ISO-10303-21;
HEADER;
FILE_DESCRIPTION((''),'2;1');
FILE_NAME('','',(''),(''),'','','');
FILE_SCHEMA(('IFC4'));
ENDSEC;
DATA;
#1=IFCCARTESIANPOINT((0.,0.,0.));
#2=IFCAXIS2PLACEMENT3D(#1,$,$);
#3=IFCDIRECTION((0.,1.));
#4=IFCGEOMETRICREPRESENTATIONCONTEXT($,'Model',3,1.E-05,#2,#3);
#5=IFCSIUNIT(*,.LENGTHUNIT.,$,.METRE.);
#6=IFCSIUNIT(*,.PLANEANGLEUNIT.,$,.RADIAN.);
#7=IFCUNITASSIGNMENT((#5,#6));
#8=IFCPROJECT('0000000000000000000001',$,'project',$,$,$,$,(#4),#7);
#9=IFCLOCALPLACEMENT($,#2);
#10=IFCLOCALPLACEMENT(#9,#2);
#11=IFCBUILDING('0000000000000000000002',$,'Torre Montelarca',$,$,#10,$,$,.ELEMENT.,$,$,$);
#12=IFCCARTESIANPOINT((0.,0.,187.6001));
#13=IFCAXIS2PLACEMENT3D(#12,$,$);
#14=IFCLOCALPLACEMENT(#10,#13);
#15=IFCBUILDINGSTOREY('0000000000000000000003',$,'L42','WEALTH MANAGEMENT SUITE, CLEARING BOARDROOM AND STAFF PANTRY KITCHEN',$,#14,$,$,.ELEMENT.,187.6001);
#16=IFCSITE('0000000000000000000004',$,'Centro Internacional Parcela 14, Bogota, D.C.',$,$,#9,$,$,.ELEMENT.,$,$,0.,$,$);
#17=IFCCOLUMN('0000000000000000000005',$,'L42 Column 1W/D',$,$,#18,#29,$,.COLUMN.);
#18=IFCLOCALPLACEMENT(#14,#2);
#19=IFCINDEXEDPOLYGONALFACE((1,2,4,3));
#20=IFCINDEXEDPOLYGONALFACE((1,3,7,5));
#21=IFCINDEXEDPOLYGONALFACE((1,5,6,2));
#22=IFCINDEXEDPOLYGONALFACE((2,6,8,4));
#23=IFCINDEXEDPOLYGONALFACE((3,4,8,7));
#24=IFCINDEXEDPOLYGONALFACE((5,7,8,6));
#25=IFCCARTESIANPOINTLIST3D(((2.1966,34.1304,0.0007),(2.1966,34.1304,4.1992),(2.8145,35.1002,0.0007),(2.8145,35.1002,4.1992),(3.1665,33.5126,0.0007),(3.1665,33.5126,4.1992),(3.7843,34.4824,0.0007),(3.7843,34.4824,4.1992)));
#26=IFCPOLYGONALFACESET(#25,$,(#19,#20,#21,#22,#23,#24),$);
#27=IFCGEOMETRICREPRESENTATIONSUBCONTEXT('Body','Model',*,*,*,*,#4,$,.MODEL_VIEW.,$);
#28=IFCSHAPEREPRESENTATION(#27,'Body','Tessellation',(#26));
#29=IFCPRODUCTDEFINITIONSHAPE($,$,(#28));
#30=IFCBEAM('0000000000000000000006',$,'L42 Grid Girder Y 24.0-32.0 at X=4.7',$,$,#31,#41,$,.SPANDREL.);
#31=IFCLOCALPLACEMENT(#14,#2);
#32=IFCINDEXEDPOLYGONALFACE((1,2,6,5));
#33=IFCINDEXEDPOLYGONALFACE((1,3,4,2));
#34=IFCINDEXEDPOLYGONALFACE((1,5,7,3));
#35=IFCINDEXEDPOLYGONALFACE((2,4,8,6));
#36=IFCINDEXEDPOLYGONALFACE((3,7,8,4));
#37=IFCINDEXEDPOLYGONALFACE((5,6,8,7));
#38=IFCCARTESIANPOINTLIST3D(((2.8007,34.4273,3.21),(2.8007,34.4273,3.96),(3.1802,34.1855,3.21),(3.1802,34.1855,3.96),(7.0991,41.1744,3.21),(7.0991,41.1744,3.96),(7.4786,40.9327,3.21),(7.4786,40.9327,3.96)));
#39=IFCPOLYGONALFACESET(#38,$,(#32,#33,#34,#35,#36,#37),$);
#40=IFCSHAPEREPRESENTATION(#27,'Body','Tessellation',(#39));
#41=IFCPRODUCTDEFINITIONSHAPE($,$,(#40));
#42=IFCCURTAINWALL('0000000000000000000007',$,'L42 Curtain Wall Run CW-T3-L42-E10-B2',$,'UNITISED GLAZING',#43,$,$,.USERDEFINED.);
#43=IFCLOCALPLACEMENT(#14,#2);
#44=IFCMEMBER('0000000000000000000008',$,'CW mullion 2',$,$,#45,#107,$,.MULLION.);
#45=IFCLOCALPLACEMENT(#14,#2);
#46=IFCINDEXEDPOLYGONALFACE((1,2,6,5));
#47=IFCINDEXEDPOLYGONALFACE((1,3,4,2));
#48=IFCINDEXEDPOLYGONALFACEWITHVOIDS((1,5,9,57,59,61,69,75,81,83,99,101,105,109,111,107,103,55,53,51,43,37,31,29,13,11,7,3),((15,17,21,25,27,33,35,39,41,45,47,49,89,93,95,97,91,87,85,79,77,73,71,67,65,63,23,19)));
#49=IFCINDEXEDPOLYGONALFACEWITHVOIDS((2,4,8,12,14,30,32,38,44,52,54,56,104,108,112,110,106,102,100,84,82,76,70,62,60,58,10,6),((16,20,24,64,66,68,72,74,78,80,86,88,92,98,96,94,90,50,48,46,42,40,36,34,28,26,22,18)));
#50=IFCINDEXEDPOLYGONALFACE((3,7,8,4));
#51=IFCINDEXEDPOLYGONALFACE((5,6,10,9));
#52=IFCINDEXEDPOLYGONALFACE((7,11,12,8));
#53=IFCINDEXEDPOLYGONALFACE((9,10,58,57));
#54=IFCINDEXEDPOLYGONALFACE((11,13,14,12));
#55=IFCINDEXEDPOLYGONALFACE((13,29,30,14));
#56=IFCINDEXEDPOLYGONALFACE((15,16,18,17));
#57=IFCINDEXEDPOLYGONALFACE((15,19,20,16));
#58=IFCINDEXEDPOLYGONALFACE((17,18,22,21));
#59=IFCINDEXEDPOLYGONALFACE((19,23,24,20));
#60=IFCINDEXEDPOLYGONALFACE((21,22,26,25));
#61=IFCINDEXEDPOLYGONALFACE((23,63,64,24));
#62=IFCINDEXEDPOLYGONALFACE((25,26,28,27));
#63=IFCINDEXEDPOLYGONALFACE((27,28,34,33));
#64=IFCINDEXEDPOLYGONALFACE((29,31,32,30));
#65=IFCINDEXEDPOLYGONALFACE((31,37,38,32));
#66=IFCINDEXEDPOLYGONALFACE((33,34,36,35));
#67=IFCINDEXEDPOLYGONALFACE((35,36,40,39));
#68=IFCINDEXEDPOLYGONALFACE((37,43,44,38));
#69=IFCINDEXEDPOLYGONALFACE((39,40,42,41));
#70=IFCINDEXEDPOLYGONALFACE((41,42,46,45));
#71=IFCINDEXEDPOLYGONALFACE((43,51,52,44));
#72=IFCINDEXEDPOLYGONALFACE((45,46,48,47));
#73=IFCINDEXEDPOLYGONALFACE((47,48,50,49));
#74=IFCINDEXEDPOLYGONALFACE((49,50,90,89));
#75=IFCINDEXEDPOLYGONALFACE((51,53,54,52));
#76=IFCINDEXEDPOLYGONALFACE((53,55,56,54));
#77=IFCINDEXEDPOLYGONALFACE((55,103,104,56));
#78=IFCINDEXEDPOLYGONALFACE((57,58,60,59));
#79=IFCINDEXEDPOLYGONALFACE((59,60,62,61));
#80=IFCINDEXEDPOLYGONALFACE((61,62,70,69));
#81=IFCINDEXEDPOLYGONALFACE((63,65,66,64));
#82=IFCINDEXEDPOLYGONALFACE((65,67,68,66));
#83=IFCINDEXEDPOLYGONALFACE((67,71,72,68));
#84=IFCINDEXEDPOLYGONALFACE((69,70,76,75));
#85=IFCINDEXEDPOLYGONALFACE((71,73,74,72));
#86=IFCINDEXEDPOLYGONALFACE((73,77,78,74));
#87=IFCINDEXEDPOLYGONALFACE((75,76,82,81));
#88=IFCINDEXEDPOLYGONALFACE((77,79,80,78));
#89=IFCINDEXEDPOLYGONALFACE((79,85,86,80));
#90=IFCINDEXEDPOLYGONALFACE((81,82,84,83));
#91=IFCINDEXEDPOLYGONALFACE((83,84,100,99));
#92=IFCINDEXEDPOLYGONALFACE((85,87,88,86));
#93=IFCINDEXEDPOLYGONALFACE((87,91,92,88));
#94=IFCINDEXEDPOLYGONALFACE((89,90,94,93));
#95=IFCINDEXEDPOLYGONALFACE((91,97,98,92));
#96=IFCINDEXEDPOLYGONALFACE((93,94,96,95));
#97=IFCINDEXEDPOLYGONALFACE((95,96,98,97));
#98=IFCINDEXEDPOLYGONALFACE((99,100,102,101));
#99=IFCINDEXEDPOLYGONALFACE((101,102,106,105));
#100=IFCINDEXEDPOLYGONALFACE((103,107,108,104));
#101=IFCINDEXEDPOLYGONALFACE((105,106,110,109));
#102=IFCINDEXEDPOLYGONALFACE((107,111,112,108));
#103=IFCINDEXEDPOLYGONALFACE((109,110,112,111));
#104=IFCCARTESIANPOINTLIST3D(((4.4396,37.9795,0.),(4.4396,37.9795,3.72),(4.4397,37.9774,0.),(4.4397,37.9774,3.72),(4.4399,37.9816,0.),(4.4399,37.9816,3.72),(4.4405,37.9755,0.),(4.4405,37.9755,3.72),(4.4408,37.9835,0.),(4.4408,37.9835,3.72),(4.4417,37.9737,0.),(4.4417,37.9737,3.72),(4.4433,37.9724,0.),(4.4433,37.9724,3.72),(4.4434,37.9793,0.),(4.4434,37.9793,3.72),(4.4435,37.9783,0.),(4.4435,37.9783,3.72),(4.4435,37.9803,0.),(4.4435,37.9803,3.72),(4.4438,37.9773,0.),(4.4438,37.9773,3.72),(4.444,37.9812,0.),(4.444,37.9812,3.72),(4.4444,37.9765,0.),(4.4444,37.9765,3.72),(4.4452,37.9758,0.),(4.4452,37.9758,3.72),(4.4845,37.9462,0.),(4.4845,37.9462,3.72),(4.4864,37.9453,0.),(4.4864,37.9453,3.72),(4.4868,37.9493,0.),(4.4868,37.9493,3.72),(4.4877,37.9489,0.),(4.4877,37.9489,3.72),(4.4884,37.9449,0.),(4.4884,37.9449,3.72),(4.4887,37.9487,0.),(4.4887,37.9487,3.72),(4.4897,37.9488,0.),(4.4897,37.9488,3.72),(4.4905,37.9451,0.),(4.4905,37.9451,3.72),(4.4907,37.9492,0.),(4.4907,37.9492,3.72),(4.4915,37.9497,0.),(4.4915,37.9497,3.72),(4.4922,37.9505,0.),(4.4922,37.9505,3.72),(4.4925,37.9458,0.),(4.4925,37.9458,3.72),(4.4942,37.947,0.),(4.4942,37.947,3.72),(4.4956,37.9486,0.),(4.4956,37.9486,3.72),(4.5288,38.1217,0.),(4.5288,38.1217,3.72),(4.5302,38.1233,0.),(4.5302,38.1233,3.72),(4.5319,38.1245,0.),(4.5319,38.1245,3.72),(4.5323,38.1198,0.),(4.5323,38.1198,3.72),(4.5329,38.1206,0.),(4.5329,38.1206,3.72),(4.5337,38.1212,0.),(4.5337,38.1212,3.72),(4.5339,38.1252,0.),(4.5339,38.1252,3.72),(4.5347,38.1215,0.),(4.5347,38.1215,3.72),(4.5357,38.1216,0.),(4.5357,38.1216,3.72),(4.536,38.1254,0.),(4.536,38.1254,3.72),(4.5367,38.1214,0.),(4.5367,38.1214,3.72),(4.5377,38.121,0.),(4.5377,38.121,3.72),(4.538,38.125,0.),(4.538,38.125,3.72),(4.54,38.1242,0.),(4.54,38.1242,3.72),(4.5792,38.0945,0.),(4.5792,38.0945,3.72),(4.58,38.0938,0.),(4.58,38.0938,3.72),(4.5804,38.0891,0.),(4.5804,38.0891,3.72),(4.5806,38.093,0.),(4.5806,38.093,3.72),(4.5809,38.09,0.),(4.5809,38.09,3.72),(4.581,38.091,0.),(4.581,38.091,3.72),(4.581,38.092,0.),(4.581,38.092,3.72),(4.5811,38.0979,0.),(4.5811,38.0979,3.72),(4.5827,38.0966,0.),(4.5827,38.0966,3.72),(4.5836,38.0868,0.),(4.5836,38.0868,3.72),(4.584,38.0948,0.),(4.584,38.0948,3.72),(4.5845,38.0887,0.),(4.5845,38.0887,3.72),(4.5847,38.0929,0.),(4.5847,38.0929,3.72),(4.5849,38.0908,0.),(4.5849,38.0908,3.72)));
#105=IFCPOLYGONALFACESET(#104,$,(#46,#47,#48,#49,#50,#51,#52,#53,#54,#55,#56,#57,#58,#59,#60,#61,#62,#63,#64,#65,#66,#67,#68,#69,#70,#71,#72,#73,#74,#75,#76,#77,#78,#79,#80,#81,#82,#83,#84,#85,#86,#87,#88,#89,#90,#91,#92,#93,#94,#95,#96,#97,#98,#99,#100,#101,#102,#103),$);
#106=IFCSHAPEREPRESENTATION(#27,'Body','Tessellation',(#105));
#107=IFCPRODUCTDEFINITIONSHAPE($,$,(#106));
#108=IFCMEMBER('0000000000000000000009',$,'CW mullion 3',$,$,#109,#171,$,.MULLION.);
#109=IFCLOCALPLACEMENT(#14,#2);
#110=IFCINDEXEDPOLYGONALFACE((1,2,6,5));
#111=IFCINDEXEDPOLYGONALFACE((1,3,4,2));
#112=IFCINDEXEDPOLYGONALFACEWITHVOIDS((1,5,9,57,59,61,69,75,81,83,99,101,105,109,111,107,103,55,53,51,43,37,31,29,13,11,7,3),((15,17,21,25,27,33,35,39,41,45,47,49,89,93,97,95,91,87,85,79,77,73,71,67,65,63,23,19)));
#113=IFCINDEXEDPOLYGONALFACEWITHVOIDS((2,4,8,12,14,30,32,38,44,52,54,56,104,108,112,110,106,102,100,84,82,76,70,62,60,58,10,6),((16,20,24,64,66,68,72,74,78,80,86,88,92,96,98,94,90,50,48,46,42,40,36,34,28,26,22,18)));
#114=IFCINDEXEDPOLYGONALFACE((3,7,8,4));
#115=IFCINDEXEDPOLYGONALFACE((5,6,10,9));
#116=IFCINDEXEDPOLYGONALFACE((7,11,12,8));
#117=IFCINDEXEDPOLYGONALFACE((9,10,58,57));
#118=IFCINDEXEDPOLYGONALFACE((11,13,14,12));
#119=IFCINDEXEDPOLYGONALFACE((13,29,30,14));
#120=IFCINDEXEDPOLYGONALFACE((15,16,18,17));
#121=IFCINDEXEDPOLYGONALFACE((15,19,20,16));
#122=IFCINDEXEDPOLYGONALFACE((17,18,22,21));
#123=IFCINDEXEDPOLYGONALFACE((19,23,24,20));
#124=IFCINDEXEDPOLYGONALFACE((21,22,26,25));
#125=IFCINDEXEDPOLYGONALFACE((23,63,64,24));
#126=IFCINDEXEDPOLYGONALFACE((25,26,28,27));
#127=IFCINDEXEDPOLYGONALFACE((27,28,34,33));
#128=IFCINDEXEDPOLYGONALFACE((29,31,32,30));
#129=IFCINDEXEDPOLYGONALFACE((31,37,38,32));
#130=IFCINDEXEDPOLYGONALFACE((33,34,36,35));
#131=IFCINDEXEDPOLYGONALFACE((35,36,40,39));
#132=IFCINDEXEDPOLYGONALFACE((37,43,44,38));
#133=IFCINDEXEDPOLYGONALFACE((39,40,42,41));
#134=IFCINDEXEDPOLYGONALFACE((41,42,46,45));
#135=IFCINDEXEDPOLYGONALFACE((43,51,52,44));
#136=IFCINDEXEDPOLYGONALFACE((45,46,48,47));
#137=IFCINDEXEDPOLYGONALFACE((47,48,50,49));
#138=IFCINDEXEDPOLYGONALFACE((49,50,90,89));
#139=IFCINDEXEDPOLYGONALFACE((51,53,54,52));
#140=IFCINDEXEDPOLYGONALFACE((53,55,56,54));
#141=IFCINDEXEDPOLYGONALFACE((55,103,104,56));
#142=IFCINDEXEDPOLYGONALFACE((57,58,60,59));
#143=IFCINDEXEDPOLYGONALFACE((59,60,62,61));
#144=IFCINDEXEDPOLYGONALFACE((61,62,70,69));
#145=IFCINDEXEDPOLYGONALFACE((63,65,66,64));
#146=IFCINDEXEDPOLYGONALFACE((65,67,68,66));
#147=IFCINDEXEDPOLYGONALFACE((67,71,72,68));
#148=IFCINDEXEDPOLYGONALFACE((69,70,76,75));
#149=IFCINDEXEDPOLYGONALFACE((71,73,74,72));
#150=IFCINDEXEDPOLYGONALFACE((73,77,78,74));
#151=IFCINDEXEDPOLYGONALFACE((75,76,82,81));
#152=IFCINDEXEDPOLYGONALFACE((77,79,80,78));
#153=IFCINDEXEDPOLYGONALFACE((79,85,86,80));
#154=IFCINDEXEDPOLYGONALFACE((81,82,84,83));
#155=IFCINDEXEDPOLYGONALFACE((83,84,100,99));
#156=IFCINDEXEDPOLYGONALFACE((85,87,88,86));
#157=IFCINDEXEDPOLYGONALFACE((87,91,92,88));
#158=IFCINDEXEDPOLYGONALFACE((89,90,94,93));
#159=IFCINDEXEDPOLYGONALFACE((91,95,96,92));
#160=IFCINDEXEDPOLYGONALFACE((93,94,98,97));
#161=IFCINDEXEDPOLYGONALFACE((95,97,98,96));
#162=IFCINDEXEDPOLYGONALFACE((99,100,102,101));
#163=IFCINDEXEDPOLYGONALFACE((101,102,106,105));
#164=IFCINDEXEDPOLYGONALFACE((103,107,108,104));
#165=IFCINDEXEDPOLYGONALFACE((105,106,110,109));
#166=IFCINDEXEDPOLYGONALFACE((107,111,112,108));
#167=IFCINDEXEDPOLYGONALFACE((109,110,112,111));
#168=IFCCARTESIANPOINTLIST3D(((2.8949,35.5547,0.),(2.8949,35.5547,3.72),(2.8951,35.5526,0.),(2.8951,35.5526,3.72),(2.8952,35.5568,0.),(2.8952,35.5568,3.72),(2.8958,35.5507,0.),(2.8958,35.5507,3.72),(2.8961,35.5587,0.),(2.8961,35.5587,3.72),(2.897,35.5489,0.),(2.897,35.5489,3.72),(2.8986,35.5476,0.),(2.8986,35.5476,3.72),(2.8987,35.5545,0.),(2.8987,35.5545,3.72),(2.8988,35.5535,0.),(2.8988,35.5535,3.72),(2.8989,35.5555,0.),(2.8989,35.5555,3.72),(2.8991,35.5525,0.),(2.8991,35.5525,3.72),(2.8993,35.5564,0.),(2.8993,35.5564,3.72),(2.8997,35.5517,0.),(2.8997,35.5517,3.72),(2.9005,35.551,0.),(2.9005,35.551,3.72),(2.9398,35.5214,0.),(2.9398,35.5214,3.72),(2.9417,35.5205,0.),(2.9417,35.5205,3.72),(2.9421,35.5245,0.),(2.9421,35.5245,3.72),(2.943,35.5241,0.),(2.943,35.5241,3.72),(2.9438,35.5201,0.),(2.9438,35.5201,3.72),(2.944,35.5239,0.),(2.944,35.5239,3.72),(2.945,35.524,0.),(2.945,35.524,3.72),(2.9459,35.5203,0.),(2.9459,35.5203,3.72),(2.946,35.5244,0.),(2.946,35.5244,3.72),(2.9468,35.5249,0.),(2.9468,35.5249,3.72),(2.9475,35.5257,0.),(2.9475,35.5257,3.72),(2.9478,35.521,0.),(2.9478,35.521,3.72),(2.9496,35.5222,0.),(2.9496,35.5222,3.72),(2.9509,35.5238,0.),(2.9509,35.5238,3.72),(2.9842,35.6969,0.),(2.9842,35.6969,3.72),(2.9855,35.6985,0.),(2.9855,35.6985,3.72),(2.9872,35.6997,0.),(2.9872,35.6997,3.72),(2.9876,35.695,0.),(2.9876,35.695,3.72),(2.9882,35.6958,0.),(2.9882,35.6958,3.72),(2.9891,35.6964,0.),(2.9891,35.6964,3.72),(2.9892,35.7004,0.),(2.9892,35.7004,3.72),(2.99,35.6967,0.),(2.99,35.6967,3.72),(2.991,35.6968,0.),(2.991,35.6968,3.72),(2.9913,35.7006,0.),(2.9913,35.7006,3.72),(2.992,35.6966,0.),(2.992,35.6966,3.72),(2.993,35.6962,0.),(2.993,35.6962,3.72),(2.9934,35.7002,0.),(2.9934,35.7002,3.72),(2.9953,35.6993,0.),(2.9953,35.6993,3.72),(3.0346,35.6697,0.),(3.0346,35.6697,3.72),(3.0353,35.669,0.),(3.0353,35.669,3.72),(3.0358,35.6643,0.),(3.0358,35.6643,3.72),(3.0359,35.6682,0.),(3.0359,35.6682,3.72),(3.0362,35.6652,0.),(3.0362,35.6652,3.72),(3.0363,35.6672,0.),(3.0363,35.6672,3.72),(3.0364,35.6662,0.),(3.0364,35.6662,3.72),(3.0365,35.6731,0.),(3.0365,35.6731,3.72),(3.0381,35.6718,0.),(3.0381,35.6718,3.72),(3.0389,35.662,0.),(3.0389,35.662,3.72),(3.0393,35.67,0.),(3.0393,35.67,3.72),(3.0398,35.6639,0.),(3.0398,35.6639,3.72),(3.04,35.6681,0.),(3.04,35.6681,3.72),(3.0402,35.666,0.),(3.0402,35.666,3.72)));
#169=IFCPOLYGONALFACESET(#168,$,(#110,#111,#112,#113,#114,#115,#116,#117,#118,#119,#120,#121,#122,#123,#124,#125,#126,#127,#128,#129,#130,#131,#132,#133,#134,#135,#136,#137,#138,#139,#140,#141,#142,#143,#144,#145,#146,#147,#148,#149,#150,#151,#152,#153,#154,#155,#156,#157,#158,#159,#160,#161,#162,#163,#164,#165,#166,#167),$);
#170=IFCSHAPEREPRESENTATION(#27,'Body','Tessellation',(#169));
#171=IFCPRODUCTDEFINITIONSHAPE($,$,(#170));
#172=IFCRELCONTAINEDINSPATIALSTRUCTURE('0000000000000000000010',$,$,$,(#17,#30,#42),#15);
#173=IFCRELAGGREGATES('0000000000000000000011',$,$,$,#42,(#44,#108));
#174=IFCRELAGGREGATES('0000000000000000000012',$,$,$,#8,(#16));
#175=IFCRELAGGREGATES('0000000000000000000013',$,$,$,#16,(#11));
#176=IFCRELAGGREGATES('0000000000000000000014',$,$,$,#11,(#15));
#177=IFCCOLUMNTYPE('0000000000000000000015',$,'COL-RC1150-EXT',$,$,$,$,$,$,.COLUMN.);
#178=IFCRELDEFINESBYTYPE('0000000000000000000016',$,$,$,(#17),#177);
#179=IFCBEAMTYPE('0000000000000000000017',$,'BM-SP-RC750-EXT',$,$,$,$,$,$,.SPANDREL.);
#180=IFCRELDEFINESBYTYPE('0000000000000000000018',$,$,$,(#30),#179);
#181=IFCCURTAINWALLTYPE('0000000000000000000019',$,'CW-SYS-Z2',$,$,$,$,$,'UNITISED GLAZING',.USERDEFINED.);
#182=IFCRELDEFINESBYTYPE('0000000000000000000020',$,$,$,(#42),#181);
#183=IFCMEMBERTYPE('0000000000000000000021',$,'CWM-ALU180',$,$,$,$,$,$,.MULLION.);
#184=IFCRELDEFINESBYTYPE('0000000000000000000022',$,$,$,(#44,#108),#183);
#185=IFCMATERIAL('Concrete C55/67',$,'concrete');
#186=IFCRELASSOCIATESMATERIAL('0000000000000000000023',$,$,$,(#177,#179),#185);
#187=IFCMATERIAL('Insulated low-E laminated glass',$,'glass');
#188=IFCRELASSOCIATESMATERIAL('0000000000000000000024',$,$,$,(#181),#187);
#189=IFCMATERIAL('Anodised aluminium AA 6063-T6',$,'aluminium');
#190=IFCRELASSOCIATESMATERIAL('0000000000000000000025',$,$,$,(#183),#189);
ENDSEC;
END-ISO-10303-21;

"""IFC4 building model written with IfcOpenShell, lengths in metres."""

from ifc_helpers import new_model, si_unit, direction, frame, origin, origin_2d, place, context, subcontext, project, spatial, rectangle, hollow_rectangle, extrude, source, transform, mapped, material, material_profile, profile_set, type_object, element, aggregate, save


model = new_model("IFC4")

# Units and contexts
model_context = context("Model", 3, precision=1e-05, world=origin(), true_north=direction((0.0, 1.0)))
body_context = subcontext(model_context, "Body", "Model", "MODEL_VIEW")
ifc_project = project(units=[si_unit("LENGTHUNIT", "METRE"), si_unit("PLANEANGLEUNIT", "RADIAN")], contexts=[model_context])

# Site, building, storey
site_placement = place(None, origin())
site = spatial("IfcSite", under=ifc_project, at=site_placement, Name="Centro Internacional Parcela 14, Bogota, D.C.", CompositionType="ELEMENT", RefElevation=0.0)
building_placement = place(site_placement, origin())
building = spatial("IfcBuilding", under=site, at=building_placement, Name="Torre Montelarca", CompositionType="ELEMENT")
storey_placement = place(building_placement, frame((0.0, 0.0, 187.6001)))
storey = spatial("IfcBuildingStorey", under=building, at=storey_placement, Name="L42", Description="WEALTH MANAGEMENT SUITE, CLEARING BOARDROOM AND STAFF PANTRY KITCHEN", CompositionType="ELEMENT", Elevation=187.6001)

# Column
ifc_material_1 = material(Name="Concrete C55/67", Category="concrete")
ifc_material_profile_1 = material_profile(ifc_material_1, rectangle(XDim=1.1499, YDim=1.1499, at=origin_2d()), Name="RC1150X1150", Category="concrete")
ifc_profile_set_1 = profile_set([ifc_material_profile_1], Name="Concrete C55/67")
column_type = type_object("IfcColumnType", Name="COL-RC1150-EXT", PredefinedType="COLUMN", material=ifc_profile_set_1)
shared_shape_1 = source(origin(), body_context, "Body", "SweptSolid", [
    extrude(rectangle(XDim=1.1499, YDim=1.1499, at=origin_2d()), origin(), (0.0, 0.0, 1.0), 4.1985),
])
column_placement = place(storey_placement, frame((2.9905, 34.3064, 0.0007), z_axis=(0.0, 0.0, 1.0), x_axis=(-0.843391, 0.5373, 0.0)))
element("IfcColumn", 1, at=column_placement, inside=storey, type_object=column_type, Name="L42 Column 1W/D", PredefinedType="COLUMN", context=body_context, shape_type="MappedRepresentation", body=[
    mapped(shared_shape_1, transform((0.0, 0.0, 0.0), scale=1.0)),
])

# Beam
ifc_material_profile_2 = material_profile(ifc_material_1, rectangle(XDim=0.45, YDim=0.75, at=origin_2d()), Name="RCB450X750", Category="concrete")
ifc_profile_set_2 = profile_set([ifc_material_profile_2], Name="Concrete C55/67")
beam_type = type_object("IfcBeamType", Name="BM-SP-RC750-EXT", PredefinedType="SPANDREL", material=ifc_profile_set_2)
shared_shape_2 = source(origin(), body_context, "Body", "SweptSolid", [
    extrude(rectangle(XDim=0.45, YDim=0.75, at=origin_2d()), origin(), (0.0, 0.0, 1.0), 8.0),
])
beam_placement = place(storey_placement, frame((2.9905, 34.3064, 3.585), z_axis=(0.537298, 0.843392, 0.0), x_axis=(-0.843392, 0.537298, 0.0)))
element("IfcBeam", 2, at=beam_placement, inside=storey, type_object=beam_type, Name="L42 Grid Girder Y 24.0-32.0 at X=4.7", PredefinedType="SPANDREL", context=body_context, shape_type="MappedRepresentation", body=[
    mapped(shared_shape_2, transform((0.0, 0.0, 0.0), scale=1.0)),
])

# Curtain wall, members
ifc_material_2 = material(Name="Insulated low-E laminated glass", Category="glass")
curtain_wall_type = type_object("IfcCurtainWallType", Name="CW-SYS-Z2", ElementType="UNITISED GLAZING", PredefinedType="USERDEFINED", material=ifc_material_2)
curtain_wall_1_placement = place(storey_placement, origin())
curtain_wall_1 = element("IfcCurtainWall", 3, at=curtain_wall_1_placement, inside=storey, type_object=curtain_wall_type, Name="L42 Curtain Wall Run CW-T3-L42-E10-B2", ObjectType="UNITISED GLAZING", PredefinedType="USERDEFINED")
ifc_material_3 = material(Name="Anodised aluminium AA 6063-T6", Category="aluminium")
ifc_material_profile_3 = material_profile(ifc_material_3, hollow_rectangle(XDim=0.0649, YDim=0.1799, WallThickness=0.0039, InnerFilletRadius=0.0039, OuterFilletRadius=0.0081, at=origin_2d()), Name="ALU65X180X4", Category="aluminium")
ifc_profile_set_3 = profile_set([ifc_material_profile_3], Name="Anodised aluminium AA 6063-T6")
member_type_1 = type_object("IfcMemberType", Name="CWM-ALU180", PredefinedType="MULLION", material=ifc_profile_set_3)
shared_shape_3 = source(origin(), body_context, "Body", "SweptSolid", [
    extrude(hollow_rectangle(XDim=0.0649, YDim=0.1799, WallThickness=0.0039, InnerFilletRadius=0.0039, OuterFilletRadius=0.0081, at=origin_2d()), origin(), (0.0, 0.0, 1.0), 3.72),
])
member_1_placement = place(storey_placement, frame((4.5122, 38.0352, 0.0), z_axis=(0.0, 0.0, 1.0), x_axis=(0.84339, -0.537302, 0.0)))
member_1 = element("IfcMember", 4, at=member_1_placement, type_object=member_type_1, Name="CW mullion 2", PredefinedType="MULLION", context=body_context, shape_type="MappedRepresentation", body=[
    mapped(shared_shape_3, transform((0.0, 0.0, 0.0), scale=1.0)),
])
member_2_placement = place(storey_placement, frame((2.9675, 35.6104, 0.0), z_axis=(0.0, 0.0, 1.0), x_axis=(0.84339, -0.537302, 0.0)))
member_2 = element("IfcMember", 5, at=member_2_placement, type_object=member_type_1, Name="CW mullion 3", PredefinedType="MULLION", context=body_context, shape_type="MappedRepresentation", body=[
    mapped(shared_shape_3, transform((0.0, 0.0, 0.0), scale=1.0)),
])

aggregate(curtain_wall_1, [member_1, member_2])

save(model, "model.ifc")
